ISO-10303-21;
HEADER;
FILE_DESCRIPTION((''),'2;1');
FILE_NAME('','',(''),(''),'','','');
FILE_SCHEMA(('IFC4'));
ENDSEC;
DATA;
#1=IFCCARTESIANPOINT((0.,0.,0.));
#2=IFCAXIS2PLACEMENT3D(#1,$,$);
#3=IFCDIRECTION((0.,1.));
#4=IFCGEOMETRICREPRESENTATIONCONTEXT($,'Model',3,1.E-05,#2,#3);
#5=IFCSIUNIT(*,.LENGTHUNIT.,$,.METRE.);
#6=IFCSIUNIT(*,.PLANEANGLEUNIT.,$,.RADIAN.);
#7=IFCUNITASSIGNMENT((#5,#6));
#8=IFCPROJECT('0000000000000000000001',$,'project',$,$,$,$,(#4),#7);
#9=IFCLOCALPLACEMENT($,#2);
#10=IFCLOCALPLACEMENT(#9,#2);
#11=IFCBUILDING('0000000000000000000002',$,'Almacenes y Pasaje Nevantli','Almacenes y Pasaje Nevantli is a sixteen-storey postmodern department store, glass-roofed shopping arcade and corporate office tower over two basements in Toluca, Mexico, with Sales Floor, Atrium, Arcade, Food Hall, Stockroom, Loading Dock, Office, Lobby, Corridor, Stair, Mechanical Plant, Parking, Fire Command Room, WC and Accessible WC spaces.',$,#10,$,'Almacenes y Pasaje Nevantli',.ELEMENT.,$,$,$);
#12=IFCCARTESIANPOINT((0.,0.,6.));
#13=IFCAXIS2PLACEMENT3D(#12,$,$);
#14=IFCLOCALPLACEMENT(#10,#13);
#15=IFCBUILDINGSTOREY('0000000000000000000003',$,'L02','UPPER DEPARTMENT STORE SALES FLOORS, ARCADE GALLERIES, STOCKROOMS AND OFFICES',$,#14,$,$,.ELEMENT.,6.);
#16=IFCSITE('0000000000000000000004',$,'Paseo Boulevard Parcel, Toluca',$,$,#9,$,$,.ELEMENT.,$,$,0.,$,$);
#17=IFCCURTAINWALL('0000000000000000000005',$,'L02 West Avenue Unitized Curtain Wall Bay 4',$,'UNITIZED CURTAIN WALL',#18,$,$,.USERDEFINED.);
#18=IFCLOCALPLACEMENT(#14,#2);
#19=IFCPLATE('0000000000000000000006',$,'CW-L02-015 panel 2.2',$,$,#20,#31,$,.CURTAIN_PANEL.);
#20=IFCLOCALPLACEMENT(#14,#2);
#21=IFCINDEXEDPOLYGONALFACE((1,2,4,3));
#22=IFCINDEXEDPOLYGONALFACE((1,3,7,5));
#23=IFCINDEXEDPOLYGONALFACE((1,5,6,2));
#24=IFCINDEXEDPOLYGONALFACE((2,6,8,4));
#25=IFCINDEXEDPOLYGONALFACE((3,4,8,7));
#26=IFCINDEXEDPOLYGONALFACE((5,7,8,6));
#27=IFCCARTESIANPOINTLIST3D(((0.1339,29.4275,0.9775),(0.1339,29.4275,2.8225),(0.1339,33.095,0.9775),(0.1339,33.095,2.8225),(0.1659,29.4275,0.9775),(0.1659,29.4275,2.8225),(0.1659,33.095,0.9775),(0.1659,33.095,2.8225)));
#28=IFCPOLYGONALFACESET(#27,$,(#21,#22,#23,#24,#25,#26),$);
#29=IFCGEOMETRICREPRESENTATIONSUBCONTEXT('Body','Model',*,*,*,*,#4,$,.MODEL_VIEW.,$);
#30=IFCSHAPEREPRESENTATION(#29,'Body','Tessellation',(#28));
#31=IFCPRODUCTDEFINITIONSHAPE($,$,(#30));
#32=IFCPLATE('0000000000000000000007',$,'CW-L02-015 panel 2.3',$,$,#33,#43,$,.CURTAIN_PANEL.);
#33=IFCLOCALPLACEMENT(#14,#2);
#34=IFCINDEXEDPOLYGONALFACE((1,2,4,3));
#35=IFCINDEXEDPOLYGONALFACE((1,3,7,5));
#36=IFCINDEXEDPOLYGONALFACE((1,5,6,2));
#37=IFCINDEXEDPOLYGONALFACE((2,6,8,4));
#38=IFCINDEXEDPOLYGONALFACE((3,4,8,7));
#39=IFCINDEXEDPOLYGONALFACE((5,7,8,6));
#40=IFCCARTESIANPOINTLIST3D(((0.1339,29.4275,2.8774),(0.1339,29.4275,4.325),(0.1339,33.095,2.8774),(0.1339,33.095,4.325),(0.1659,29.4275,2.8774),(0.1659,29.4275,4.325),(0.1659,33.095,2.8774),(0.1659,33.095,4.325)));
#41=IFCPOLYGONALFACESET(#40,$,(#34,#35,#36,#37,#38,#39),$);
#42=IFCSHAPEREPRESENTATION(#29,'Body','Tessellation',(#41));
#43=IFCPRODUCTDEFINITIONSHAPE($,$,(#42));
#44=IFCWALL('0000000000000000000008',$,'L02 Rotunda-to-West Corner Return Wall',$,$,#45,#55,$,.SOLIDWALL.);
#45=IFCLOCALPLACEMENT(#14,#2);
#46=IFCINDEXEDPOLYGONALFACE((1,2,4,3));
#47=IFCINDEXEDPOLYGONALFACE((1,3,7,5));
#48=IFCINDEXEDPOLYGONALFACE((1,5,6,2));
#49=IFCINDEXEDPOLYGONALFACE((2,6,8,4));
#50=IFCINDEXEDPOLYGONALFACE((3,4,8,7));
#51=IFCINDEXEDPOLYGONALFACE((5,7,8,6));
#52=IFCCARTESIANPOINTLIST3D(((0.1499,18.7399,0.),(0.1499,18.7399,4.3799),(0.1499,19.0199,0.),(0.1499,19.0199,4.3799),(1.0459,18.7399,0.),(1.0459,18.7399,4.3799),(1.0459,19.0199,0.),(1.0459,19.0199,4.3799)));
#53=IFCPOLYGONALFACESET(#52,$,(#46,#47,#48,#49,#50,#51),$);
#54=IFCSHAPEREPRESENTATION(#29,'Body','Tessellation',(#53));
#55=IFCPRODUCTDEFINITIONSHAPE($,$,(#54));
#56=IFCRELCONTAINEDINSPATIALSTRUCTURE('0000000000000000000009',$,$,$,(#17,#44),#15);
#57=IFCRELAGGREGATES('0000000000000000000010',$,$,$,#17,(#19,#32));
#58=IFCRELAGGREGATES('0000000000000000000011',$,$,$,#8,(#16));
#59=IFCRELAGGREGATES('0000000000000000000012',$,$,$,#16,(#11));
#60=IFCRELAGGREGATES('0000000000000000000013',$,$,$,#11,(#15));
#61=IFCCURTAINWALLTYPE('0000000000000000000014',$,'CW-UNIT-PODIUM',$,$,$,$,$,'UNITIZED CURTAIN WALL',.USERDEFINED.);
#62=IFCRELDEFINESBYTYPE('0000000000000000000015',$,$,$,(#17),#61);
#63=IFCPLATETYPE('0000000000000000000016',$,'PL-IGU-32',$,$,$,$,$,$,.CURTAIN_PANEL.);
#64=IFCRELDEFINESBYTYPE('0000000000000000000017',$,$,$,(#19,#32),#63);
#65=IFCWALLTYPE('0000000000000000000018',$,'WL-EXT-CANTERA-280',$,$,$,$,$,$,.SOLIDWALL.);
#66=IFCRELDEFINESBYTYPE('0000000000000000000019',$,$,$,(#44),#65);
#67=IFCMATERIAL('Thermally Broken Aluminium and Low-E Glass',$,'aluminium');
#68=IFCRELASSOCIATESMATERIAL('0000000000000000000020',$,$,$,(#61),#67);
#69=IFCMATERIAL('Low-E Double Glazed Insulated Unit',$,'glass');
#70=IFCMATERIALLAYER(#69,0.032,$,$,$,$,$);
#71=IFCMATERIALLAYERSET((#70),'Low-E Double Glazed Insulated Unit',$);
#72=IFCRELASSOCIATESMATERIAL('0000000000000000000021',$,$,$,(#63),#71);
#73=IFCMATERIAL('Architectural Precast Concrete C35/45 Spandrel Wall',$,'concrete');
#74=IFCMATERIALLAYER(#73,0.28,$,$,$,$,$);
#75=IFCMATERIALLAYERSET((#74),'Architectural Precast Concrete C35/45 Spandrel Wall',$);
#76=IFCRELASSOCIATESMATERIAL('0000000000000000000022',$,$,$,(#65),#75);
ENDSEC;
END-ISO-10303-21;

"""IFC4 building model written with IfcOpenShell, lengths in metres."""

from ifc_helpers import new_model, si_unit, direction, frame, frame_2d, origin, origin_2d, place, context, subcontext, project, spatial, rectangle, extrude, material, layer, layer_set, type_object, element, aggregate, save


model = new_model("IFC4")

# Units and contexts
model_context = context("Model", 3, precision=1e-05, world=origin(), true_north=direction((0.0, 1.0)))
body_context = subcontext(model_context, "Body", "Model", "MODEL_VIEW")
ifc_project = project(units=[si_unit("LENGTHUNIT", "METRE"), si_unit("PLANEANGLEUNIT", "RADIAN")], contexts=[model_context])

# Site, building, storey
site_placement = place(None, origin())
site = spatial("IfcSite", under=ifc_project, at=site_placement, Name="Paseo Boulevard Parcel, Toluca", CompositionType="ELEMENT", RefElevation=0.0)
building_placement = place(site_placement, origin())
building = spatial("IfcBuilding", under=site, at=building_placement, Name="Almacenes y Pasaje Nevantli", Description="Almacenes y Pasaje Nevantli is a sixteen-storey postmodern department store, glass-roofed shopping arcade and corporate office tower over two basements in Toluca, Mexico, with Sales Floor, Atrium, Arcade, Food Hall, Stockroom, Loading Dock, Office, Lobby, Corridor, Stair, Mechanical Plant, Parking, Fire Command Room, WC and Accessible WC spaces.", LongName="Almacenes y Pasaje Nevantli", CompositionType="ELEMENT")
storey_placement = place(building_placement, frame((0.0, 0.0, 6.0)))
storey = spatial("IfcBuildingStorey", under=building, at=storey_placement, Name="L02", Description="UPPER DEPARTMENT STORE SALES FLOORS, ARCADE GALLERIES, STOCKROOMS AND OFFICES", CompositionType="ELEMENT", Elevation=6.0)

# Curtain wall, plates
ifc_material_1 = material(Name="Thermally Broken Aluminium and Low-E Glass", Category="aluminium")
curtain_wall_type = type_object("IfcCurtainWallType", Name="CW-UNIT-PODIUM", ElementType="UNITIZED CURTAIN WALL", PredefinedType="USERDEFINED", material=ifc_material_1)
curtain_wall_placement = place(storey_placement, origin())
curtain_wall = element("IfcCurtainWall", 1, at=curtain_wall_placement, inside=storey, type_object=curtain_wall_type, Name="L02 West Avenue Unitized Curtain Wall Bay 4", ObjectType="UNITIZED CURTAIN WALL", PredefinedType="USERDEFINED")
ifc_material_2 = material(Name="Low-E Double Glazed Insulated Unit", Category="glass")
ifc_layer_1 = layer(ifc_material_2, 0.032)
ifc_layer_set_1 = layer_set([ifc_layer_1], Name="Low-E Double Glazed Insulated Unit")
plate_type = type_object("IfcPlateType", Name="PL-IGU-32", PredefinedType="CURTAIN_PANEL", material=ifc_layer_set_1)
plate_1_placement = place(storey_placement, frame((0.1499, 31.2612, 0.9775), z_axis=(0.0, 0.0, 1.0), x_axis=(0.0, 1.0, 0.0)))
plate_1 = element("IfcPlate", 2, at=plate_1_placement, type_object=plate_type, Name="CW-L02-015 panel 2.2", PredefinedType="CURTAIN_PANEL", context=body_context, shape_type="SweptSolid", body=[
    extrude(rectangle(XDim=3.6675, YDim=0.032, at=origin_2d()), origin(), (0.0, 0.0, 1.0), 1.845),
])
plate_2_placement = place(storey_placement, frame((0.1499, 31.2612, 2.8774), z_axis=(0.0, 0.0, 1.0), x_axis=(0.0, 1.0, 0.0)))
plate_2 = element("IfcPlate", 3, at=plate_2_placement, type_object=plate_type, Name="CW-L02-015 panel 2.3", PredefinedType="CURTAIN_PANEL", context=body_context, shape_type="SweptSolid", body=[
    extrude(rectangle(XDim=3.6675, YDim=0.032, at=origin_2d()), origin(), (0.0, 0.0, 1.0), 1.4475),
])
aggregate(curtain_wall, [plate_1, plate_2])

# Wall
ifc_material_3 = material(Name="Architectural Precast Concrete C35/45 Spandrel Wall", Category="concrete")
ifc_layer_2 = layer(ifc_material_3, 0.28)
ifc_layer_set_2 = layer_set([ifc_layer_2], Name="Architectural Precast Concrete C35/45 Spandrel Wall")
wall_type = type_object("IfcWallType", Name="WL-EXT-CANTERA-280", PredefinedType="SOLIDWALL", material=ifc_layer_set_2)
wall_placement = place(storey_placement, frame((0.1499, 18.8799, 0.0), z_axis=(0.0, 0.0, 1.0), x_axis=(1.0, 0.0, 0.0)))
element("IfcWall", 4, at=wall_placement, inside=storey, type_object=wall_type, Name="L02 Rotunda-to-West Corner Return Wall", PredefinedType="SOLIDWALL", context=body_context, shape_type="SweptSolid", body=[
    extrude(rectangle(XDim=0.896, YDim=0.28, at=frame_2d((0.448, 0.0))), origin(), (0.0, 0.0, 1.0), 4.3799),
])

save(model, "model.ifc")
